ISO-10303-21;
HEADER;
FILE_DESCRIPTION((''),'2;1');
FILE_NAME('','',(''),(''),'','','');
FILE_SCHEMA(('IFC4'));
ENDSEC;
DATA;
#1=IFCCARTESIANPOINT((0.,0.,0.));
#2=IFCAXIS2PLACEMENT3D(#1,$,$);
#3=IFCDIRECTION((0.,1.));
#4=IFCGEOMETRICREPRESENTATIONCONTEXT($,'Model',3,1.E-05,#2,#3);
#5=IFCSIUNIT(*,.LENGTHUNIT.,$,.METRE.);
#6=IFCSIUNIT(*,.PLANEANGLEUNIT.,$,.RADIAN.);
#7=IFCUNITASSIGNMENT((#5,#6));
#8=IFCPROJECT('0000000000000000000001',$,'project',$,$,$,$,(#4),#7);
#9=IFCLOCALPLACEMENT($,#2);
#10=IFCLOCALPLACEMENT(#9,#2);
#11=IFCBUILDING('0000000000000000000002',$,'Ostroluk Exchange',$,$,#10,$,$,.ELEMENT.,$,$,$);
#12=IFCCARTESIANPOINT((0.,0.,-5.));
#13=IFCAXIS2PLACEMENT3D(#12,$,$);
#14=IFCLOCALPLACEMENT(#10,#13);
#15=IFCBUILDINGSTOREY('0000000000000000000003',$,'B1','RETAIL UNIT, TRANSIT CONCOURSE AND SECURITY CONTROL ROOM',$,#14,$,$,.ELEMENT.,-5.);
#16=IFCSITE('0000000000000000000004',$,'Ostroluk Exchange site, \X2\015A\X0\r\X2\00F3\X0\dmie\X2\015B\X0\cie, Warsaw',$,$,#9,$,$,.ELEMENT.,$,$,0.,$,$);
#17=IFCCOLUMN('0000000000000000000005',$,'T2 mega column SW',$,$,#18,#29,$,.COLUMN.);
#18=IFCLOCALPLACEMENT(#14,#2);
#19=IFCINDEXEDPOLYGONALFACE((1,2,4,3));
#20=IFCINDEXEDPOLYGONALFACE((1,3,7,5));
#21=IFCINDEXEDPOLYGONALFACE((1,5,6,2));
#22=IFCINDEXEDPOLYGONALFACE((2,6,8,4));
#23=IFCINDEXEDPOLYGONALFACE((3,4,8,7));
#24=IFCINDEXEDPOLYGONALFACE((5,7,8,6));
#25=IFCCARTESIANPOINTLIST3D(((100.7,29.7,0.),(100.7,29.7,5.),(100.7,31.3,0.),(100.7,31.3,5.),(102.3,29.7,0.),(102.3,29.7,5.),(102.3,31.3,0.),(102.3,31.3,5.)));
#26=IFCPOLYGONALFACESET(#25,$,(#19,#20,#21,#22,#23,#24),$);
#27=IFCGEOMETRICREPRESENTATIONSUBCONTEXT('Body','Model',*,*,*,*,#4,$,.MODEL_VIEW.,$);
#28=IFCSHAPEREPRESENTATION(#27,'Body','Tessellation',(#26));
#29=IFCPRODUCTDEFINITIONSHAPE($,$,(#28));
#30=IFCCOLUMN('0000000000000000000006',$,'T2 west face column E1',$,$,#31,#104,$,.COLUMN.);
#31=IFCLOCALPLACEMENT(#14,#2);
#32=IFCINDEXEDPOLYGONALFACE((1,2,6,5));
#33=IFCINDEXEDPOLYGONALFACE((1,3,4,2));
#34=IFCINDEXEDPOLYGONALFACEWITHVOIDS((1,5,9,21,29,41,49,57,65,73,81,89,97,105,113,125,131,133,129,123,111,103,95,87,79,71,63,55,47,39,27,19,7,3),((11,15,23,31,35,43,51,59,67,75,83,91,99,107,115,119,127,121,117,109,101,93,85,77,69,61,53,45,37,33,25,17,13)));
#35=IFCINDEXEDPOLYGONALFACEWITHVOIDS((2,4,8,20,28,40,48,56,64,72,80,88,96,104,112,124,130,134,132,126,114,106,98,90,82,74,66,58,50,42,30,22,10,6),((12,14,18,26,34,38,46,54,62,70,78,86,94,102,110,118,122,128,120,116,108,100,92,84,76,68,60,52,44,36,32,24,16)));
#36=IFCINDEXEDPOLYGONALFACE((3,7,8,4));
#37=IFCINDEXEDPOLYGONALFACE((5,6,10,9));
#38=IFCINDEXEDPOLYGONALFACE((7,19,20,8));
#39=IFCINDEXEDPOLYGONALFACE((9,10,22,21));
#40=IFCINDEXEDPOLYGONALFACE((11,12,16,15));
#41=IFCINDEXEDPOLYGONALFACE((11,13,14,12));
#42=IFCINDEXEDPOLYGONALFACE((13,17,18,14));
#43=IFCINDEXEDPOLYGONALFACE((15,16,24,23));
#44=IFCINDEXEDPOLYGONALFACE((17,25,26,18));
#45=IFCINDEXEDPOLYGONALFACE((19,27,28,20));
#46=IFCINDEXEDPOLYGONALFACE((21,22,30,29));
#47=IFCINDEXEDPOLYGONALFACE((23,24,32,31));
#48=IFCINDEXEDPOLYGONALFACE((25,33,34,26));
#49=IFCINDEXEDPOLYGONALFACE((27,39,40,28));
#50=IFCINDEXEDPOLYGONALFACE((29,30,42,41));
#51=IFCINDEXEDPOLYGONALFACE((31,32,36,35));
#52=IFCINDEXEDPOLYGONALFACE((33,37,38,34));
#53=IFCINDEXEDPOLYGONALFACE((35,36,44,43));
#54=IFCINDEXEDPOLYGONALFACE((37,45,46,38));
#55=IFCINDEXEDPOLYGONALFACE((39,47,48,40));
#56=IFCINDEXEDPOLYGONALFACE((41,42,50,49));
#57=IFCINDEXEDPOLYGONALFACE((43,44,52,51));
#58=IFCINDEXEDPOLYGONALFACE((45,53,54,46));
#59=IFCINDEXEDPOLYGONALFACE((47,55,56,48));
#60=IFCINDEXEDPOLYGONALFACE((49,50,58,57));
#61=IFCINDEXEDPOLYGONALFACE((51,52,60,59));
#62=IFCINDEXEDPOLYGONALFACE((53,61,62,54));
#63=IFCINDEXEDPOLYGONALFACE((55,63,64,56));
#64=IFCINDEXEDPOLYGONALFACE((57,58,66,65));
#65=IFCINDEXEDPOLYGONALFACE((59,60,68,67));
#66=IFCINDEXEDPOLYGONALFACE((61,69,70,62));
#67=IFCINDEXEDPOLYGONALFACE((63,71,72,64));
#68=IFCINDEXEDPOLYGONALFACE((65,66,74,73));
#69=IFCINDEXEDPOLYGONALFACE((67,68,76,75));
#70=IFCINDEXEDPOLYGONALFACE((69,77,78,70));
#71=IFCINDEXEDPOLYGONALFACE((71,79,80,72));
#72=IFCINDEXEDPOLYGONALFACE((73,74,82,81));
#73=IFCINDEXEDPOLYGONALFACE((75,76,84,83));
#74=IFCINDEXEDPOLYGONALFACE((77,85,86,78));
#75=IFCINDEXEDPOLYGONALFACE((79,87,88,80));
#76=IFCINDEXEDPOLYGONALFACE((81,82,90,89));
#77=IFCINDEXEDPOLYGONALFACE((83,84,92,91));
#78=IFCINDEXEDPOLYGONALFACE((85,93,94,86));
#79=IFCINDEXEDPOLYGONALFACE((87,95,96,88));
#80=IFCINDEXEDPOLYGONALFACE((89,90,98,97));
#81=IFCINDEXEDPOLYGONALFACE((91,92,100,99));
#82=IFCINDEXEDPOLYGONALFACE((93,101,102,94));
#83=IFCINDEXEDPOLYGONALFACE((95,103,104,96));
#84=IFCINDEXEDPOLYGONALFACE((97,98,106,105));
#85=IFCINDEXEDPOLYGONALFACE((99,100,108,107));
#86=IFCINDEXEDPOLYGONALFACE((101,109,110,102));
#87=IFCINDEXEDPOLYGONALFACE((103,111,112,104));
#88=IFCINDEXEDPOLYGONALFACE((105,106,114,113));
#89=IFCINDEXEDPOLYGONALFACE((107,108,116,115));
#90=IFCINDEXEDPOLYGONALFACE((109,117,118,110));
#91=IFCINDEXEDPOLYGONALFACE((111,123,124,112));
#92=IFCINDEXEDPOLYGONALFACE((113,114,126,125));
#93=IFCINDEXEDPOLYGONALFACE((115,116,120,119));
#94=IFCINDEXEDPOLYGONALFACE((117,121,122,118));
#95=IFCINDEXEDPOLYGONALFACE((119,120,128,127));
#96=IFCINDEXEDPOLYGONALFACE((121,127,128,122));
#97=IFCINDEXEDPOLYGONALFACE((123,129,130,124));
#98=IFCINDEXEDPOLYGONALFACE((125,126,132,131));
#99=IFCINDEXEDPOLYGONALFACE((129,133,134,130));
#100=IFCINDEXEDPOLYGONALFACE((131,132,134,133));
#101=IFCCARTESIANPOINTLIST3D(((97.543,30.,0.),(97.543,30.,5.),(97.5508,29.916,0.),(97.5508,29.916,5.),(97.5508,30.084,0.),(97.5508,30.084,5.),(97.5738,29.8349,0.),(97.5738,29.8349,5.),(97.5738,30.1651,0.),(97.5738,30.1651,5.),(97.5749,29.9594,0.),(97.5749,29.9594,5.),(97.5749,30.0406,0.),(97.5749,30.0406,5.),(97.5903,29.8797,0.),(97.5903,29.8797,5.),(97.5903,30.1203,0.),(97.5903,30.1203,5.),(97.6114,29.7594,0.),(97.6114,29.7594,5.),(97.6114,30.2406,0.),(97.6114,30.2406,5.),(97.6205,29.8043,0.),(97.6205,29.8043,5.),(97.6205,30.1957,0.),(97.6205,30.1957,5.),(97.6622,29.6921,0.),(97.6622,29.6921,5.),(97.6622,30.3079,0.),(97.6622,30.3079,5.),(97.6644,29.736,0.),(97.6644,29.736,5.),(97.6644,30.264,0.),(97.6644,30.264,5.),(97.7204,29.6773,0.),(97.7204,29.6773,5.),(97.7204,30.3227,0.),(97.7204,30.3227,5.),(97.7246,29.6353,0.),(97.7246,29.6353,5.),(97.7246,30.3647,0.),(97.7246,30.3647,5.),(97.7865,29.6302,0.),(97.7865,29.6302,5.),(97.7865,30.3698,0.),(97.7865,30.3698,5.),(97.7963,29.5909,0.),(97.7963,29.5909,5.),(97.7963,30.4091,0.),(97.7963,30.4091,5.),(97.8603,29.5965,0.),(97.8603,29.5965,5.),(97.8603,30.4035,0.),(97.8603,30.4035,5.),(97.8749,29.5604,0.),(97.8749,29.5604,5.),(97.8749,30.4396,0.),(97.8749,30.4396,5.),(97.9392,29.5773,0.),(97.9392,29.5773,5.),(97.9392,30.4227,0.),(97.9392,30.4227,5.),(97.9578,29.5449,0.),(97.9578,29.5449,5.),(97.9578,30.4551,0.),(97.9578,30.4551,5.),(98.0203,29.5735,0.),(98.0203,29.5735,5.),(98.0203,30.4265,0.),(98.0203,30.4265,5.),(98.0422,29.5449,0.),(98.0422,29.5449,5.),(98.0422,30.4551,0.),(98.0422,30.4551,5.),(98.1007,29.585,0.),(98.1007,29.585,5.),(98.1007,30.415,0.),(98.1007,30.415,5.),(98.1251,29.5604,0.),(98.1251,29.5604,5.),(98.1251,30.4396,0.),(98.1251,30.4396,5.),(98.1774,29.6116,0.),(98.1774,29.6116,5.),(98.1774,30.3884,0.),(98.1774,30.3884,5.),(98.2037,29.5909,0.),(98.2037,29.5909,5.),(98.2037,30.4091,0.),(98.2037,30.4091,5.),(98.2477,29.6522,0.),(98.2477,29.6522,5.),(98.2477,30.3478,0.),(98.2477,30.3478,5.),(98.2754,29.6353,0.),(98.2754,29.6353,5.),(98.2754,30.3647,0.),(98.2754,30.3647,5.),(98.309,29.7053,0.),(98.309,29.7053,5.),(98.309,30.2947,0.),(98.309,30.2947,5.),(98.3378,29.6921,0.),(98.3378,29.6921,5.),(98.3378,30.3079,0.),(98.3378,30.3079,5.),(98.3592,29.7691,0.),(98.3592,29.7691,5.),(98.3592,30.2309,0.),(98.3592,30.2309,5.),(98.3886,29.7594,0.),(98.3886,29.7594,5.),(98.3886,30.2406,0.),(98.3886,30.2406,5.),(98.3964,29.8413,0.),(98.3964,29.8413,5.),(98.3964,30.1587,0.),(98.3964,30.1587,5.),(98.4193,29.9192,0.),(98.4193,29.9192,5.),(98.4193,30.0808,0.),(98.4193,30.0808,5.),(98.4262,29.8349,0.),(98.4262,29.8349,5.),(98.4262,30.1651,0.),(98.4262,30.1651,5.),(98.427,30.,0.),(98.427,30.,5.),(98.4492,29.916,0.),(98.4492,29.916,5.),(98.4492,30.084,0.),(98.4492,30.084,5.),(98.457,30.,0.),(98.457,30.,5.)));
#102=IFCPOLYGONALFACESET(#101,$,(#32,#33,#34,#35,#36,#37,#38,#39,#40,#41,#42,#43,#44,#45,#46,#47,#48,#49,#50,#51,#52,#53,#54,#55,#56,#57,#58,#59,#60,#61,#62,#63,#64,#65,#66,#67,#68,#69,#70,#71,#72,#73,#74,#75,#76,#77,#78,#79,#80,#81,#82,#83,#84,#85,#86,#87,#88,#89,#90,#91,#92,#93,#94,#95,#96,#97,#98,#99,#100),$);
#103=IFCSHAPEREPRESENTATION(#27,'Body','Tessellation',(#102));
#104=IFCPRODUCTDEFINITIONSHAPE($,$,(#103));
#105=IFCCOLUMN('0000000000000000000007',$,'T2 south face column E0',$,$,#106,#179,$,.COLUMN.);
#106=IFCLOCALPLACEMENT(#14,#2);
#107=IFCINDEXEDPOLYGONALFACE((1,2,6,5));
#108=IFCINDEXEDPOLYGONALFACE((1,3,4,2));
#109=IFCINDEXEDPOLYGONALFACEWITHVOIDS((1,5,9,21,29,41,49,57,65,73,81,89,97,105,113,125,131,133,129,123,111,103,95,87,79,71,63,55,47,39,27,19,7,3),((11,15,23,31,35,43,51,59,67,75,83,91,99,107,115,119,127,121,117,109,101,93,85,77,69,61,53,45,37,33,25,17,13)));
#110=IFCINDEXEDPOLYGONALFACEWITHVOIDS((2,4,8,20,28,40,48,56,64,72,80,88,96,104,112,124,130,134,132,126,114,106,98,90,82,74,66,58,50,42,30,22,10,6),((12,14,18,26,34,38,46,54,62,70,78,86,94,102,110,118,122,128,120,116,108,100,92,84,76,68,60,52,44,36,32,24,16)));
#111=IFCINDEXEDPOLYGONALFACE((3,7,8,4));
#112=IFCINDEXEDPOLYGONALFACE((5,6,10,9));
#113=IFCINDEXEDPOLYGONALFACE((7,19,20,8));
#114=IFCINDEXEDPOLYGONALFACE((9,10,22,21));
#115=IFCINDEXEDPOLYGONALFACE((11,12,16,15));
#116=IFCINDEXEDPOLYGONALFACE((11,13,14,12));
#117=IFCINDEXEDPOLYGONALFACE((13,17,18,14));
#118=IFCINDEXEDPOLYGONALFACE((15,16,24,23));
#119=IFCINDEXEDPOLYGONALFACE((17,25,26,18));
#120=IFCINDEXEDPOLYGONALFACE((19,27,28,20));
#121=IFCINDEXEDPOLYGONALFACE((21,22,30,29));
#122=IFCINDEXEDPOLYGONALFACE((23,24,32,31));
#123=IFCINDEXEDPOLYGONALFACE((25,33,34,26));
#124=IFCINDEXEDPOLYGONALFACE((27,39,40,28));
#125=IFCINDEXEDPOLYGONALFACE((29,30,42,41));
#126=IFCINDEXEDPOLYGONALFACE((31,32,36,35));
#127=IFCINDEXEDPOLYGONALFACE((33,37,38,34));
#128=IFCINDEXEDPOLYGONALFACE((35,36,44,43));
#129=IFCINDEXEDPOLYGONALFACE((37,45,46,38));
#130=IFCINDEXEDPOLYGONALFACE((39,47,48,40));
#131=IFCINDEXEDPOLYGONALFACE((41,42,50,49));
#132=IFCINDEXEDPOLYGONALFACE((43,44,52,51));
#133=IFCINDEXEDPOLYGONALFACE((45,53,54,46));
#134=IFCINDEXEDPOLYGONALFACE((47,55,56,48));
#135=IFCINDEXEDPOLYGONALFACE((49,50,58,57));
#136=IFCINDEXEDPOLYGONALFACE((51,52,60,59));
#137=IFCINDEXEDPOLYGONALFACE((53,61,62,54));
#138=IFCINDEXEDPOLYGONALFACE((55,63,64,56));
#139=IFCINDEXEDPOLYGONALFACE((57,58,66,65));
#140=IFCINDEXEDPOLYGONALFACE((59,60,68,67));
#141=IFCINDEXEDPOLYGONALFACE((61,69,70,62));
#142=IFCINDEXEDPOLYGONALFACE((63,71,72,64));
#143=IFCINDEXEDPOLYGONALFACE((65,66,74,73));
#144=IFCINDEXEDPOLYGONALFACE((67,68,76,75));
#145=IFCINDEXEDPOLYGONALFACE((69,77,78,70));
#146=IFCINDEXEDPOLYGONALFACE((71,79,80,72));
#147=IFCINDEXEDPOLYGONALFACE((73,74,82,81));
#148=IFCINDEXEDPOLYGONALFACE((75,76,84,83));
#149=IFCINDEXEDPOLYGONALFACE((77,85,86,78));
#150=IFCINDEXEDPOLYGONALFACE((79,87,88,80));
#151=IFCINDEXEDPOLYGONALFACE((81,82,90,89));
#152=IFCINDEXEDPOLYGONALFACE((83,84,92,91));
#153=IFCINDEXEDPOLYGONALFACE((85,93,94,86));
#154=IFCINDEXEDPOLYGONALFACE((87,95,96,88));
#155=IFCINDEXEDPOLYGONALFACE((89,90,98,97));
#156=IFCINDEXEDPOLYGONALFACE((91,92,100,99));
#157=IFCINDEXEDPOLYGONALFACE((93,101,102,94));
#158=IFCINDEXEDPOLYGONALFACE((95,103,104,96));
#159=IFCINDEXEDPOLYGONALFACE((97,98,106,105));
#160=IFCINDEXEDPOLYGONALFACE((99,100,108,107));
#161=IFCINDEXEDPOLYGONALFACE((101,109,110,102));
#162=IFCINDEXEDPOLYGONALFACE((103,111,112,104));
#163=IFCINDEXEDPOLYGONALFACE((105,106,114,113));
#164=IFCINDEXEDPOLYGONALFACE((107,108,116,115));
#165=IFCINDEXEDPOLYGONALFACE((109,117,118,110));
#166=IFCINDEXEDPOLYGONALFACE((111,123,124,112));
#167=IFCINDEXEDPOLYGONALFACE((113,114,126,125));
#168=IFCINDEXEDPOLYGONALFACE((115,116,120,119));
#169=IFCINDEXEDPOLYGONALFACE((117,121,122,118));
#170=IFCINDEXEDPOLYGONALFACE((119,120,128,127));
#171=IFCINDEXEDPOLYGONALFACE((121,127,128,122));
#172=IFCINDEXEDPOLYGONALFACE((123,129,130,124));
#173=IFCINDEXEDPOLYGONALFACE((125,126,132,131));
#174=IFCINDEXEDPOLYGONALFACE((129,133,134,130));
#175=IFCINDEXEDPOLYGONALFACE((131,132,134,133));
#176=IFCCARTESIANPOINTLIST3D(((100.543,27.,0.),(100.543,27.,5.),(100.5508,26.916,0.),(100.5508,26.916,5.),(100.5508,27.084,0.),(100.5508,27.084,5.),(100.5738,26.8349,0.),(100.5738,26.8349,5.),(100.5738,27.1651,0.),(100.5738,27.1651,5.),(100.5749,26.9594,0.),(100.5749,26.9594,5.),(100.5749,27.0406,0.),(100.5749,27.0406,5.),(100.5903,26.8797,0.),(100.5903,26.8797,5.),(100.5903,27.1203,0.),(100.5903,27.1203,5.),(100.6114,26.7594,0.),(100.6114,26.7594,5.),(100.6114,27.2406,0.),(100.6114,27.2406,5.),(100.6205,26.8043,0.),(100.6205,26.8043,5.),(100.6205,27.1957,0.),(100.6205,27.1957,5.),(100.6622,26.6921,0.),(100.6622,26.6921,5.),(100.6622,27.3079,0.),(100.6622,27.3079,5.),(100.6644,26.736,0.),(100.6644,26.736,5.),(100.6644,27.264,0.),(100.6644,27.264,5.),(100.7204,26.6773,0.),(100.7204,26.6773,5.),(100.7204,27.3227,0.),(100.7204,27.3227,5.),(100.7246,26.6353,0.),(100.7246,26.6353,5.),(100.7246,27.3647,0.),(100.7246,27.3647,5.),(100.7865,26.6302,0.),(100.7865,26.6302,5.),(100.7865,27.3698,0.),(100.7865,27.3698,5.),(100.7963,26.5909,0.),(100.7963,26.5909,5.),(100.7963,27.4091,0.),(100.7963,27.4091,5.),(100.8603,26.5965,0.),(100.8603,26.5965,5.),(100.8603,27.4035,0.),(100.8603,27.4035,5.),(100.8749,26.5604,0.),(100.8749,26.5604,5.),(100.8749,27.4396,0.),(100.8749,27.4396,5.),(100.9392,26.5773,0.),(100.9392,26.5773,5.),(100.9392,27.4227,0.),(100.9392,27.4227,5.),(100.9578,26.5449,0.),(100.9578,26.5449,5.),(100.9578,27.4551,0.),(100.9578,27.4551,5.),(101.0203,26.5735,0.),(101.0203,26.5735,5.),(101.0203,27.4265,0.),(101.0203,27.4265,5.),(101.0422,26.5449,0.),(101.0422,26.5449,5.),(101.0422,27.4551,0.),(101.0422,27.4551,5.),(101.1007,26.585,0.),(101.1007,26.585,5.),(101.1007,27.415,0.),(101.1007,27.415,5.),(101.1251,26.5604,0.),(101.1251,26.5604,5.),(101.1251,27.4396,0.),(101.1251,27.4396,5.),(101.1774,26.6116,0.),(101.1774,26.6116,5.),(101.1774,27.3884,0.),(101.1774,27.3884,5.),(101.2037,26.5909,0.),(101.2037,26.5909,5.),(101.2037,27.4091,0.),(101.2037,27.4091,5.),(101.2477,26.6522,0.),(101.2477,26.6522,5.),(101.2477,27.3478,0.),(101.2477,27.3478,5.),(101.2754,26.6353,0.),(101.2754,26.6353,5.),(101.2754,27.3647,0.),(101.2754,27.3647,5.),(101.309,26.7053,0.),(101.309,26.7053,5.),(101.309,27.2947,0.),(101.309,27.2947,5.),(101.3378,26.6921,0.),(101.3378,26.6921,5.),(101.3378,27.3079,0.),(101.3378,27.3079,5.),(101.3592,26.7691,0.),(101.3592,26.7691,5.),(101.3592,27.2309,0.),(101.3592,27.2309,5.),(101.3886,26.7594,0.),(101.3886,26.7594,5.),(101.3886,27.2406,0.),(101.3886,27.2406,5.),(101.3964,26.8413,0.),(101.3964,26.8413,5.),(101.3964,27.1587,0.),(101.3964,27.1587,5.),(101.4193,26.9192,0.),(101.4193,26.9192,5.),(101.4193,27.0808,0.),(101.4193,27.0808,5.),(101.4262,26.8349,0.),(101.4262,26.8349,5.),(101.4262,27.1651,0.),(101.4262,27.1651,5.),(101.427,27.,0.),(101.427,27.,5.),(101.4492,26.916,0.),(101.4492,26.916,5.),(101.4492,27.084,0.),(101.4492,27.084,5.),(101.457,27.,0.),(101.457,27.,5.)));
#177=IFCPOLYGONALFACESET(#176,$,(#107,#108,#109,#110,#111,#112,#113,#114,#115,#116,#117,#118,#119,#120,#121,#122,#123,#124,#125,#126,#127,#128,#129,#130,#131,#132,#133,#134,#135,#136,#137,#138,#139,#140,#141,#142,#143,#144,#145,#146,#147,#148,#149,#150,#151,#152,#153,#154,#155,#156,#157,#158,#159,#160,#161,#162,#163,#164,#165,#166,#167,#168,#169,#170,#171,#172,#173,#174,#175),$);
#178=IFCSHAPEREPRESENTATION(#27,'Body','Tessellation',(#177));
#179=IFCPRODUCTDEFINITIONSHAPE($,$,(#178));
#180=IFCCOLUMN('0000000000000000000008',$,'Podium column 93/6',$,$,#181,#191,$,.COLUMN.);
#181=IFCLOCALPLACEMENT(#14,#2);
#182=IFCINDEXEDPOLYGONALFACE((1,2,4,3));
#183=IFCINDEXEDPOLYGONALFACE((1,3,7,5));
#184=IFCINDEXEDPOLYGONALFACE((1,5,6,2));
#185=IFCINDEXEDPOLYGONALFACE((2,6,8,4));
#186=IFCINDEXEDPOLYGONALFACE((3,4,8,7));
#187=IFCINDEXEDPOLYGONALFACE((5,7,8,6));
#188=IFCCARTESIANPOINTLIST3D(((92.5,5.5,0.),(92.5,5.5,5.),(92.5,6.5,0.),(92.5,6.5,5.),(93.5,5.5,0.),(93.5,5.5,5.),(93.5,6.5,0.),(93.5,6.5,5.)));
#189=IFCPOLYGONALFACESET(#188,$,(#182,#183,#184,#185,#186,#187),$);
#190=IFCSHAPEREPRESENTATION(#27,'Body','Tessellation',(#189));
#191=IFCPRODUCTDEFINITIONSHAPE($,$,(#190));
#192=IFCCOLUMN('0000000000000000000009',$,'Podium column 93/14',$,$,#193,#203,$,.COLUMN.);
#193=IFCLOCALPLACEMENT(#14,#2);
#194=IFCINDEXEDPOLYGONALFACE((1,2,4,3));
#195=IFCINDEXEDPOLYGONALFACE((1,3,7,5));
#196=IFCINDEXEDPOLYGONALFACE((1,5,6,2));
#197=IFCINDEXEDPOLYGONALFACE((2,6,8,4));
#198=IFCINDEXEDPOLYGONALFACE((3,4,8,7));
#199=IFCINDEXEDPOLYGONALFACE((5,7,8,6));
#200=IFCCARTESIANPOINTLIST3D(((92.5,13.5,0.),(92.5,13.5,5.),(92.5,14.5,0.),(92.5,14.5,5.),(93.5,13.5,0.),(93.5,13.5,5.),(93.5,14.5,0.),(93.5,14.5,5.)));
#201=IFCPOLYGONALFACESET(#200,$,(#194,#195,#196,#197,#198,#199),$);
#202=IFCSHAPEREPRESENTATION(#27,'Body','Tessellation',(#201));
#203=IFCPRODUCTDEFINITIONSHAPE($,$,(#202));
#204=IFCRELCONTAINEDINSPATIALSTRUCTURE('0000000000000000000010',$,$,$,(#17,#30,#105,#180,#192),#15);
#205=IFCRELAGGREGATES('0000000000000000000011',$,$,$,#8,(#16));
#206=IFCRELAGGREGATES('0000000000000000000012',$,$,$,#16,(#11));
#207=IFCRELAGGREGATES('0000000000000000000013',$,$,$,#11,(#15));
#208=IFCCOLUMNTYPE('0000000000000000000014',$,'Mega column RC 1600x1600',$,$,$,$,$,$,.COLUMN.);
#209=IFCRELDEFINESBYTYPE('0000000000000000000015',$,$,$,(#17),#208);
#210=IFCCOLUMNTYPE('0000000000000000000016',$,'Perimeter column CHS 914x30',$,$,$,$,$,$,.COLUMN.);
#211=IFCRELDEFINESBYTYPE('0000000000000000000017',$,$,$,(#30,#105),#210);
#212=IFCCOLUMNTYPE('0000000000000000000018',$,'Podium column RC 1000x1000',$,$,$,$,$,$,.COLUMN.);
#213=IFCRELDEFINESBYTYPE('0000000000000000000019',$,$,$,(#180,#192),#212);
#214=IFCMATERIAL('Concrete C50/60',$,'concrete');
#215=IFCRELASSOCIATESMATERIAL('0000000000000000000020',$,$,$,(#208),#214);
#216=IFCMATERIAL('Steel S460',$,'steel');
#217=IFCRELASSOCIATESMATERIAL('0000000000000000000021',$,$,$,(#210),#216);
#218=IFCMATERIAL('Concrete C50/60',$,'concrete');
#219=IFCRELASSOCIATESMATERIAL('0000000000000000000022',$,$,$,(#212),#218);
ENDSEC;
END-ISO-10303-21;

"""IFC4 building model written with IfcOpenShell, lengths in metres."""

from ifc_helpers import new_model, si_unit, direction, frame, origin, origin_2d, place, context, subcontext, project, spatial, rectangle, hollow_circle, extrude, material, material_profile, profile_set, type_object, element, save


model = new_model("IFC4")

# Units and contexts
model_context = context("Model", 3, precision=1e-05, world=origin(), true_north=direction((0.0, 1.0)))
body_context = subcontext(model_context, "Body", "Model", "MODEL_VIEW")
ifc_project = project(units=[si_unit("LENGTHUNIT", "METRE"), si_unit("PLANEANGLEUNIT", "RADIAN")], contexts=[model_context])

# Site, building, storey
site_placement = place(None, origin())
site = spatial("IfcSite", under=ifc_project, at=site_placement, Name="Ostroluk Exchange site, Śródmieście, Warsaw", CompositionType="ELEMENT", RefElevation=0.0)
building_placement = place(site_placement, origin())
building = spatial("IfcBuilding", under=site, at=building_placement, Name="Ostroluk Exchange", CompositionType="ELEMENT")
storey_placement = place(building_placement, frame((0.0, 0.0, -5.0)))
storey = spatial("IfcBuildingStorey", under=building, at=storey_placement, Name="B1", Description="RETAIL UNIT, TRANSIT CONCOURSE AND SECURITY CONTROL ROOM", CompositionType="ELEMENT", Elevation=-5.0)

# Columns
ifc_material_1 = material(Name="Concrete C50/60", Category="concrete")
ifc_material_profile_1 = material_profile(ifc_material_1, rectangle(XDim=1.6001, YDim=1.6001, at=origin_2d()), Name="RC 1600x1600")
ifc_profile_set_1 = profile_set([ifc_material_profile_1], Name="Concrete C50/60")
column_type_1 = type_object("IfcColumnType", Name="Mega column RC 1600x1600", PredefinedType="COLUMN", material=ifc_profile_set_1)
column_placement = place(storey_placement, frame((101.5, 30.5, 0.0), z_axis=(0.0, 0.0, 1.0), x_axis=(1.0, 0.0, 0.0)))
element("IfcColumn", 1, at=column_placement, inside=storey, type_object=column_type_1, Name="T2 mega column SW", PredefinedType="COLUMN", context=body_context, shape_type="SweptSolid", body=[
    extrude(rectangle(XDim=1.6001, YDim=1.6001, at=origin_2d()), origin(), (0.0, 0.0, 1.0), 5.0),
])
ifc_material_2 = material(Name="Steel S460", Category="steel")
ifc_material_profile_2 = material_profile(ifc_material_2, hollow_circle(Radius=0.457, WallThickness=0.03, at=origin_2d()), Name="CHS 914x30")
ifc_profile_set_2 = profile_set([ifc_material_profile_2], Name="Steel S460")
column_type_2 = type_object("IfcColumnType", Name="Perimeter column CHS 914x30", PredefinedType="COLUMN", material=ifc_profile_set_2)
for number, where, z_axis, x_axis, name in (
    (2, (98.0, 30.0, 0.0), (0.0, 0.0, 1.0), (1.0, 0.0, 0.0), "T2 west face column E1"),
    (3, (101.0, 27.0, 0.0), (0.0, 0.0, 1.0), (1.0, 0.0, 0.0), "T2 south face column E0"),
):
    element("IfcColumn", number, at=place(storey_placement, frame(where, z_axis=z_axis, x_axis=x_axis)), inside=storey, type_object=column_type_2, Name=name, PredefinedType="COLUMN", context=body_context, shape_type="SweptSolid", body=[
        extrude(hollow_circle(Radius=0.457, WallThickness=0.03, at=origin_2d()), origin(), (0.0, 0.0, 1.0), 5.0),
    ])
ifc_material_3 = material(Name="Concrete C50/60", Category="concrete")
ifc_material_profile_3 = material_profile(ifc_material_3, rectangle(XDim=1.0, YDim=1.0, at=origin_2d()), Name="RC 1000x1000")
ifc_profile_set_3 = profile_set([ifc_material_profile_3], Name="Concrete C50/60")
column_type_3 = type_object("IfcColumnType", Name="Podium column RC 1000x1000", PredefinedType="COLUMN", material=ifc_profile_set_3)
for number, where, z_axis, x_axis, name in (
    (4, (93.0, 6.0, 0.0), (0.0, 0.0, 1.0), (1.0, 0.0, 0.0), "Podium column 93/6"),
    (5, (93.0, 14.0, 0.0), (0.0, 0.0, 1.0), (1.0, 0.0, 0.0), "Podium column 93/14"),
):
    element("IfcColumn", number, at=place(storey_placement, frame(where, z_axis=z_axis, x_axis=x_axis)), inside=storey, type_object=column_type_3, Name=name, PredefinedType="COLUMN", context=body_context, shape_type="SweptSolid", body=[
        extrude(rectangle(XDim=1.0, YDim=1.0, at=origin_2d()), origin(), (0.0, 0.0, 1.0), 5.0),
    ])

save(model, "model.ifc")
